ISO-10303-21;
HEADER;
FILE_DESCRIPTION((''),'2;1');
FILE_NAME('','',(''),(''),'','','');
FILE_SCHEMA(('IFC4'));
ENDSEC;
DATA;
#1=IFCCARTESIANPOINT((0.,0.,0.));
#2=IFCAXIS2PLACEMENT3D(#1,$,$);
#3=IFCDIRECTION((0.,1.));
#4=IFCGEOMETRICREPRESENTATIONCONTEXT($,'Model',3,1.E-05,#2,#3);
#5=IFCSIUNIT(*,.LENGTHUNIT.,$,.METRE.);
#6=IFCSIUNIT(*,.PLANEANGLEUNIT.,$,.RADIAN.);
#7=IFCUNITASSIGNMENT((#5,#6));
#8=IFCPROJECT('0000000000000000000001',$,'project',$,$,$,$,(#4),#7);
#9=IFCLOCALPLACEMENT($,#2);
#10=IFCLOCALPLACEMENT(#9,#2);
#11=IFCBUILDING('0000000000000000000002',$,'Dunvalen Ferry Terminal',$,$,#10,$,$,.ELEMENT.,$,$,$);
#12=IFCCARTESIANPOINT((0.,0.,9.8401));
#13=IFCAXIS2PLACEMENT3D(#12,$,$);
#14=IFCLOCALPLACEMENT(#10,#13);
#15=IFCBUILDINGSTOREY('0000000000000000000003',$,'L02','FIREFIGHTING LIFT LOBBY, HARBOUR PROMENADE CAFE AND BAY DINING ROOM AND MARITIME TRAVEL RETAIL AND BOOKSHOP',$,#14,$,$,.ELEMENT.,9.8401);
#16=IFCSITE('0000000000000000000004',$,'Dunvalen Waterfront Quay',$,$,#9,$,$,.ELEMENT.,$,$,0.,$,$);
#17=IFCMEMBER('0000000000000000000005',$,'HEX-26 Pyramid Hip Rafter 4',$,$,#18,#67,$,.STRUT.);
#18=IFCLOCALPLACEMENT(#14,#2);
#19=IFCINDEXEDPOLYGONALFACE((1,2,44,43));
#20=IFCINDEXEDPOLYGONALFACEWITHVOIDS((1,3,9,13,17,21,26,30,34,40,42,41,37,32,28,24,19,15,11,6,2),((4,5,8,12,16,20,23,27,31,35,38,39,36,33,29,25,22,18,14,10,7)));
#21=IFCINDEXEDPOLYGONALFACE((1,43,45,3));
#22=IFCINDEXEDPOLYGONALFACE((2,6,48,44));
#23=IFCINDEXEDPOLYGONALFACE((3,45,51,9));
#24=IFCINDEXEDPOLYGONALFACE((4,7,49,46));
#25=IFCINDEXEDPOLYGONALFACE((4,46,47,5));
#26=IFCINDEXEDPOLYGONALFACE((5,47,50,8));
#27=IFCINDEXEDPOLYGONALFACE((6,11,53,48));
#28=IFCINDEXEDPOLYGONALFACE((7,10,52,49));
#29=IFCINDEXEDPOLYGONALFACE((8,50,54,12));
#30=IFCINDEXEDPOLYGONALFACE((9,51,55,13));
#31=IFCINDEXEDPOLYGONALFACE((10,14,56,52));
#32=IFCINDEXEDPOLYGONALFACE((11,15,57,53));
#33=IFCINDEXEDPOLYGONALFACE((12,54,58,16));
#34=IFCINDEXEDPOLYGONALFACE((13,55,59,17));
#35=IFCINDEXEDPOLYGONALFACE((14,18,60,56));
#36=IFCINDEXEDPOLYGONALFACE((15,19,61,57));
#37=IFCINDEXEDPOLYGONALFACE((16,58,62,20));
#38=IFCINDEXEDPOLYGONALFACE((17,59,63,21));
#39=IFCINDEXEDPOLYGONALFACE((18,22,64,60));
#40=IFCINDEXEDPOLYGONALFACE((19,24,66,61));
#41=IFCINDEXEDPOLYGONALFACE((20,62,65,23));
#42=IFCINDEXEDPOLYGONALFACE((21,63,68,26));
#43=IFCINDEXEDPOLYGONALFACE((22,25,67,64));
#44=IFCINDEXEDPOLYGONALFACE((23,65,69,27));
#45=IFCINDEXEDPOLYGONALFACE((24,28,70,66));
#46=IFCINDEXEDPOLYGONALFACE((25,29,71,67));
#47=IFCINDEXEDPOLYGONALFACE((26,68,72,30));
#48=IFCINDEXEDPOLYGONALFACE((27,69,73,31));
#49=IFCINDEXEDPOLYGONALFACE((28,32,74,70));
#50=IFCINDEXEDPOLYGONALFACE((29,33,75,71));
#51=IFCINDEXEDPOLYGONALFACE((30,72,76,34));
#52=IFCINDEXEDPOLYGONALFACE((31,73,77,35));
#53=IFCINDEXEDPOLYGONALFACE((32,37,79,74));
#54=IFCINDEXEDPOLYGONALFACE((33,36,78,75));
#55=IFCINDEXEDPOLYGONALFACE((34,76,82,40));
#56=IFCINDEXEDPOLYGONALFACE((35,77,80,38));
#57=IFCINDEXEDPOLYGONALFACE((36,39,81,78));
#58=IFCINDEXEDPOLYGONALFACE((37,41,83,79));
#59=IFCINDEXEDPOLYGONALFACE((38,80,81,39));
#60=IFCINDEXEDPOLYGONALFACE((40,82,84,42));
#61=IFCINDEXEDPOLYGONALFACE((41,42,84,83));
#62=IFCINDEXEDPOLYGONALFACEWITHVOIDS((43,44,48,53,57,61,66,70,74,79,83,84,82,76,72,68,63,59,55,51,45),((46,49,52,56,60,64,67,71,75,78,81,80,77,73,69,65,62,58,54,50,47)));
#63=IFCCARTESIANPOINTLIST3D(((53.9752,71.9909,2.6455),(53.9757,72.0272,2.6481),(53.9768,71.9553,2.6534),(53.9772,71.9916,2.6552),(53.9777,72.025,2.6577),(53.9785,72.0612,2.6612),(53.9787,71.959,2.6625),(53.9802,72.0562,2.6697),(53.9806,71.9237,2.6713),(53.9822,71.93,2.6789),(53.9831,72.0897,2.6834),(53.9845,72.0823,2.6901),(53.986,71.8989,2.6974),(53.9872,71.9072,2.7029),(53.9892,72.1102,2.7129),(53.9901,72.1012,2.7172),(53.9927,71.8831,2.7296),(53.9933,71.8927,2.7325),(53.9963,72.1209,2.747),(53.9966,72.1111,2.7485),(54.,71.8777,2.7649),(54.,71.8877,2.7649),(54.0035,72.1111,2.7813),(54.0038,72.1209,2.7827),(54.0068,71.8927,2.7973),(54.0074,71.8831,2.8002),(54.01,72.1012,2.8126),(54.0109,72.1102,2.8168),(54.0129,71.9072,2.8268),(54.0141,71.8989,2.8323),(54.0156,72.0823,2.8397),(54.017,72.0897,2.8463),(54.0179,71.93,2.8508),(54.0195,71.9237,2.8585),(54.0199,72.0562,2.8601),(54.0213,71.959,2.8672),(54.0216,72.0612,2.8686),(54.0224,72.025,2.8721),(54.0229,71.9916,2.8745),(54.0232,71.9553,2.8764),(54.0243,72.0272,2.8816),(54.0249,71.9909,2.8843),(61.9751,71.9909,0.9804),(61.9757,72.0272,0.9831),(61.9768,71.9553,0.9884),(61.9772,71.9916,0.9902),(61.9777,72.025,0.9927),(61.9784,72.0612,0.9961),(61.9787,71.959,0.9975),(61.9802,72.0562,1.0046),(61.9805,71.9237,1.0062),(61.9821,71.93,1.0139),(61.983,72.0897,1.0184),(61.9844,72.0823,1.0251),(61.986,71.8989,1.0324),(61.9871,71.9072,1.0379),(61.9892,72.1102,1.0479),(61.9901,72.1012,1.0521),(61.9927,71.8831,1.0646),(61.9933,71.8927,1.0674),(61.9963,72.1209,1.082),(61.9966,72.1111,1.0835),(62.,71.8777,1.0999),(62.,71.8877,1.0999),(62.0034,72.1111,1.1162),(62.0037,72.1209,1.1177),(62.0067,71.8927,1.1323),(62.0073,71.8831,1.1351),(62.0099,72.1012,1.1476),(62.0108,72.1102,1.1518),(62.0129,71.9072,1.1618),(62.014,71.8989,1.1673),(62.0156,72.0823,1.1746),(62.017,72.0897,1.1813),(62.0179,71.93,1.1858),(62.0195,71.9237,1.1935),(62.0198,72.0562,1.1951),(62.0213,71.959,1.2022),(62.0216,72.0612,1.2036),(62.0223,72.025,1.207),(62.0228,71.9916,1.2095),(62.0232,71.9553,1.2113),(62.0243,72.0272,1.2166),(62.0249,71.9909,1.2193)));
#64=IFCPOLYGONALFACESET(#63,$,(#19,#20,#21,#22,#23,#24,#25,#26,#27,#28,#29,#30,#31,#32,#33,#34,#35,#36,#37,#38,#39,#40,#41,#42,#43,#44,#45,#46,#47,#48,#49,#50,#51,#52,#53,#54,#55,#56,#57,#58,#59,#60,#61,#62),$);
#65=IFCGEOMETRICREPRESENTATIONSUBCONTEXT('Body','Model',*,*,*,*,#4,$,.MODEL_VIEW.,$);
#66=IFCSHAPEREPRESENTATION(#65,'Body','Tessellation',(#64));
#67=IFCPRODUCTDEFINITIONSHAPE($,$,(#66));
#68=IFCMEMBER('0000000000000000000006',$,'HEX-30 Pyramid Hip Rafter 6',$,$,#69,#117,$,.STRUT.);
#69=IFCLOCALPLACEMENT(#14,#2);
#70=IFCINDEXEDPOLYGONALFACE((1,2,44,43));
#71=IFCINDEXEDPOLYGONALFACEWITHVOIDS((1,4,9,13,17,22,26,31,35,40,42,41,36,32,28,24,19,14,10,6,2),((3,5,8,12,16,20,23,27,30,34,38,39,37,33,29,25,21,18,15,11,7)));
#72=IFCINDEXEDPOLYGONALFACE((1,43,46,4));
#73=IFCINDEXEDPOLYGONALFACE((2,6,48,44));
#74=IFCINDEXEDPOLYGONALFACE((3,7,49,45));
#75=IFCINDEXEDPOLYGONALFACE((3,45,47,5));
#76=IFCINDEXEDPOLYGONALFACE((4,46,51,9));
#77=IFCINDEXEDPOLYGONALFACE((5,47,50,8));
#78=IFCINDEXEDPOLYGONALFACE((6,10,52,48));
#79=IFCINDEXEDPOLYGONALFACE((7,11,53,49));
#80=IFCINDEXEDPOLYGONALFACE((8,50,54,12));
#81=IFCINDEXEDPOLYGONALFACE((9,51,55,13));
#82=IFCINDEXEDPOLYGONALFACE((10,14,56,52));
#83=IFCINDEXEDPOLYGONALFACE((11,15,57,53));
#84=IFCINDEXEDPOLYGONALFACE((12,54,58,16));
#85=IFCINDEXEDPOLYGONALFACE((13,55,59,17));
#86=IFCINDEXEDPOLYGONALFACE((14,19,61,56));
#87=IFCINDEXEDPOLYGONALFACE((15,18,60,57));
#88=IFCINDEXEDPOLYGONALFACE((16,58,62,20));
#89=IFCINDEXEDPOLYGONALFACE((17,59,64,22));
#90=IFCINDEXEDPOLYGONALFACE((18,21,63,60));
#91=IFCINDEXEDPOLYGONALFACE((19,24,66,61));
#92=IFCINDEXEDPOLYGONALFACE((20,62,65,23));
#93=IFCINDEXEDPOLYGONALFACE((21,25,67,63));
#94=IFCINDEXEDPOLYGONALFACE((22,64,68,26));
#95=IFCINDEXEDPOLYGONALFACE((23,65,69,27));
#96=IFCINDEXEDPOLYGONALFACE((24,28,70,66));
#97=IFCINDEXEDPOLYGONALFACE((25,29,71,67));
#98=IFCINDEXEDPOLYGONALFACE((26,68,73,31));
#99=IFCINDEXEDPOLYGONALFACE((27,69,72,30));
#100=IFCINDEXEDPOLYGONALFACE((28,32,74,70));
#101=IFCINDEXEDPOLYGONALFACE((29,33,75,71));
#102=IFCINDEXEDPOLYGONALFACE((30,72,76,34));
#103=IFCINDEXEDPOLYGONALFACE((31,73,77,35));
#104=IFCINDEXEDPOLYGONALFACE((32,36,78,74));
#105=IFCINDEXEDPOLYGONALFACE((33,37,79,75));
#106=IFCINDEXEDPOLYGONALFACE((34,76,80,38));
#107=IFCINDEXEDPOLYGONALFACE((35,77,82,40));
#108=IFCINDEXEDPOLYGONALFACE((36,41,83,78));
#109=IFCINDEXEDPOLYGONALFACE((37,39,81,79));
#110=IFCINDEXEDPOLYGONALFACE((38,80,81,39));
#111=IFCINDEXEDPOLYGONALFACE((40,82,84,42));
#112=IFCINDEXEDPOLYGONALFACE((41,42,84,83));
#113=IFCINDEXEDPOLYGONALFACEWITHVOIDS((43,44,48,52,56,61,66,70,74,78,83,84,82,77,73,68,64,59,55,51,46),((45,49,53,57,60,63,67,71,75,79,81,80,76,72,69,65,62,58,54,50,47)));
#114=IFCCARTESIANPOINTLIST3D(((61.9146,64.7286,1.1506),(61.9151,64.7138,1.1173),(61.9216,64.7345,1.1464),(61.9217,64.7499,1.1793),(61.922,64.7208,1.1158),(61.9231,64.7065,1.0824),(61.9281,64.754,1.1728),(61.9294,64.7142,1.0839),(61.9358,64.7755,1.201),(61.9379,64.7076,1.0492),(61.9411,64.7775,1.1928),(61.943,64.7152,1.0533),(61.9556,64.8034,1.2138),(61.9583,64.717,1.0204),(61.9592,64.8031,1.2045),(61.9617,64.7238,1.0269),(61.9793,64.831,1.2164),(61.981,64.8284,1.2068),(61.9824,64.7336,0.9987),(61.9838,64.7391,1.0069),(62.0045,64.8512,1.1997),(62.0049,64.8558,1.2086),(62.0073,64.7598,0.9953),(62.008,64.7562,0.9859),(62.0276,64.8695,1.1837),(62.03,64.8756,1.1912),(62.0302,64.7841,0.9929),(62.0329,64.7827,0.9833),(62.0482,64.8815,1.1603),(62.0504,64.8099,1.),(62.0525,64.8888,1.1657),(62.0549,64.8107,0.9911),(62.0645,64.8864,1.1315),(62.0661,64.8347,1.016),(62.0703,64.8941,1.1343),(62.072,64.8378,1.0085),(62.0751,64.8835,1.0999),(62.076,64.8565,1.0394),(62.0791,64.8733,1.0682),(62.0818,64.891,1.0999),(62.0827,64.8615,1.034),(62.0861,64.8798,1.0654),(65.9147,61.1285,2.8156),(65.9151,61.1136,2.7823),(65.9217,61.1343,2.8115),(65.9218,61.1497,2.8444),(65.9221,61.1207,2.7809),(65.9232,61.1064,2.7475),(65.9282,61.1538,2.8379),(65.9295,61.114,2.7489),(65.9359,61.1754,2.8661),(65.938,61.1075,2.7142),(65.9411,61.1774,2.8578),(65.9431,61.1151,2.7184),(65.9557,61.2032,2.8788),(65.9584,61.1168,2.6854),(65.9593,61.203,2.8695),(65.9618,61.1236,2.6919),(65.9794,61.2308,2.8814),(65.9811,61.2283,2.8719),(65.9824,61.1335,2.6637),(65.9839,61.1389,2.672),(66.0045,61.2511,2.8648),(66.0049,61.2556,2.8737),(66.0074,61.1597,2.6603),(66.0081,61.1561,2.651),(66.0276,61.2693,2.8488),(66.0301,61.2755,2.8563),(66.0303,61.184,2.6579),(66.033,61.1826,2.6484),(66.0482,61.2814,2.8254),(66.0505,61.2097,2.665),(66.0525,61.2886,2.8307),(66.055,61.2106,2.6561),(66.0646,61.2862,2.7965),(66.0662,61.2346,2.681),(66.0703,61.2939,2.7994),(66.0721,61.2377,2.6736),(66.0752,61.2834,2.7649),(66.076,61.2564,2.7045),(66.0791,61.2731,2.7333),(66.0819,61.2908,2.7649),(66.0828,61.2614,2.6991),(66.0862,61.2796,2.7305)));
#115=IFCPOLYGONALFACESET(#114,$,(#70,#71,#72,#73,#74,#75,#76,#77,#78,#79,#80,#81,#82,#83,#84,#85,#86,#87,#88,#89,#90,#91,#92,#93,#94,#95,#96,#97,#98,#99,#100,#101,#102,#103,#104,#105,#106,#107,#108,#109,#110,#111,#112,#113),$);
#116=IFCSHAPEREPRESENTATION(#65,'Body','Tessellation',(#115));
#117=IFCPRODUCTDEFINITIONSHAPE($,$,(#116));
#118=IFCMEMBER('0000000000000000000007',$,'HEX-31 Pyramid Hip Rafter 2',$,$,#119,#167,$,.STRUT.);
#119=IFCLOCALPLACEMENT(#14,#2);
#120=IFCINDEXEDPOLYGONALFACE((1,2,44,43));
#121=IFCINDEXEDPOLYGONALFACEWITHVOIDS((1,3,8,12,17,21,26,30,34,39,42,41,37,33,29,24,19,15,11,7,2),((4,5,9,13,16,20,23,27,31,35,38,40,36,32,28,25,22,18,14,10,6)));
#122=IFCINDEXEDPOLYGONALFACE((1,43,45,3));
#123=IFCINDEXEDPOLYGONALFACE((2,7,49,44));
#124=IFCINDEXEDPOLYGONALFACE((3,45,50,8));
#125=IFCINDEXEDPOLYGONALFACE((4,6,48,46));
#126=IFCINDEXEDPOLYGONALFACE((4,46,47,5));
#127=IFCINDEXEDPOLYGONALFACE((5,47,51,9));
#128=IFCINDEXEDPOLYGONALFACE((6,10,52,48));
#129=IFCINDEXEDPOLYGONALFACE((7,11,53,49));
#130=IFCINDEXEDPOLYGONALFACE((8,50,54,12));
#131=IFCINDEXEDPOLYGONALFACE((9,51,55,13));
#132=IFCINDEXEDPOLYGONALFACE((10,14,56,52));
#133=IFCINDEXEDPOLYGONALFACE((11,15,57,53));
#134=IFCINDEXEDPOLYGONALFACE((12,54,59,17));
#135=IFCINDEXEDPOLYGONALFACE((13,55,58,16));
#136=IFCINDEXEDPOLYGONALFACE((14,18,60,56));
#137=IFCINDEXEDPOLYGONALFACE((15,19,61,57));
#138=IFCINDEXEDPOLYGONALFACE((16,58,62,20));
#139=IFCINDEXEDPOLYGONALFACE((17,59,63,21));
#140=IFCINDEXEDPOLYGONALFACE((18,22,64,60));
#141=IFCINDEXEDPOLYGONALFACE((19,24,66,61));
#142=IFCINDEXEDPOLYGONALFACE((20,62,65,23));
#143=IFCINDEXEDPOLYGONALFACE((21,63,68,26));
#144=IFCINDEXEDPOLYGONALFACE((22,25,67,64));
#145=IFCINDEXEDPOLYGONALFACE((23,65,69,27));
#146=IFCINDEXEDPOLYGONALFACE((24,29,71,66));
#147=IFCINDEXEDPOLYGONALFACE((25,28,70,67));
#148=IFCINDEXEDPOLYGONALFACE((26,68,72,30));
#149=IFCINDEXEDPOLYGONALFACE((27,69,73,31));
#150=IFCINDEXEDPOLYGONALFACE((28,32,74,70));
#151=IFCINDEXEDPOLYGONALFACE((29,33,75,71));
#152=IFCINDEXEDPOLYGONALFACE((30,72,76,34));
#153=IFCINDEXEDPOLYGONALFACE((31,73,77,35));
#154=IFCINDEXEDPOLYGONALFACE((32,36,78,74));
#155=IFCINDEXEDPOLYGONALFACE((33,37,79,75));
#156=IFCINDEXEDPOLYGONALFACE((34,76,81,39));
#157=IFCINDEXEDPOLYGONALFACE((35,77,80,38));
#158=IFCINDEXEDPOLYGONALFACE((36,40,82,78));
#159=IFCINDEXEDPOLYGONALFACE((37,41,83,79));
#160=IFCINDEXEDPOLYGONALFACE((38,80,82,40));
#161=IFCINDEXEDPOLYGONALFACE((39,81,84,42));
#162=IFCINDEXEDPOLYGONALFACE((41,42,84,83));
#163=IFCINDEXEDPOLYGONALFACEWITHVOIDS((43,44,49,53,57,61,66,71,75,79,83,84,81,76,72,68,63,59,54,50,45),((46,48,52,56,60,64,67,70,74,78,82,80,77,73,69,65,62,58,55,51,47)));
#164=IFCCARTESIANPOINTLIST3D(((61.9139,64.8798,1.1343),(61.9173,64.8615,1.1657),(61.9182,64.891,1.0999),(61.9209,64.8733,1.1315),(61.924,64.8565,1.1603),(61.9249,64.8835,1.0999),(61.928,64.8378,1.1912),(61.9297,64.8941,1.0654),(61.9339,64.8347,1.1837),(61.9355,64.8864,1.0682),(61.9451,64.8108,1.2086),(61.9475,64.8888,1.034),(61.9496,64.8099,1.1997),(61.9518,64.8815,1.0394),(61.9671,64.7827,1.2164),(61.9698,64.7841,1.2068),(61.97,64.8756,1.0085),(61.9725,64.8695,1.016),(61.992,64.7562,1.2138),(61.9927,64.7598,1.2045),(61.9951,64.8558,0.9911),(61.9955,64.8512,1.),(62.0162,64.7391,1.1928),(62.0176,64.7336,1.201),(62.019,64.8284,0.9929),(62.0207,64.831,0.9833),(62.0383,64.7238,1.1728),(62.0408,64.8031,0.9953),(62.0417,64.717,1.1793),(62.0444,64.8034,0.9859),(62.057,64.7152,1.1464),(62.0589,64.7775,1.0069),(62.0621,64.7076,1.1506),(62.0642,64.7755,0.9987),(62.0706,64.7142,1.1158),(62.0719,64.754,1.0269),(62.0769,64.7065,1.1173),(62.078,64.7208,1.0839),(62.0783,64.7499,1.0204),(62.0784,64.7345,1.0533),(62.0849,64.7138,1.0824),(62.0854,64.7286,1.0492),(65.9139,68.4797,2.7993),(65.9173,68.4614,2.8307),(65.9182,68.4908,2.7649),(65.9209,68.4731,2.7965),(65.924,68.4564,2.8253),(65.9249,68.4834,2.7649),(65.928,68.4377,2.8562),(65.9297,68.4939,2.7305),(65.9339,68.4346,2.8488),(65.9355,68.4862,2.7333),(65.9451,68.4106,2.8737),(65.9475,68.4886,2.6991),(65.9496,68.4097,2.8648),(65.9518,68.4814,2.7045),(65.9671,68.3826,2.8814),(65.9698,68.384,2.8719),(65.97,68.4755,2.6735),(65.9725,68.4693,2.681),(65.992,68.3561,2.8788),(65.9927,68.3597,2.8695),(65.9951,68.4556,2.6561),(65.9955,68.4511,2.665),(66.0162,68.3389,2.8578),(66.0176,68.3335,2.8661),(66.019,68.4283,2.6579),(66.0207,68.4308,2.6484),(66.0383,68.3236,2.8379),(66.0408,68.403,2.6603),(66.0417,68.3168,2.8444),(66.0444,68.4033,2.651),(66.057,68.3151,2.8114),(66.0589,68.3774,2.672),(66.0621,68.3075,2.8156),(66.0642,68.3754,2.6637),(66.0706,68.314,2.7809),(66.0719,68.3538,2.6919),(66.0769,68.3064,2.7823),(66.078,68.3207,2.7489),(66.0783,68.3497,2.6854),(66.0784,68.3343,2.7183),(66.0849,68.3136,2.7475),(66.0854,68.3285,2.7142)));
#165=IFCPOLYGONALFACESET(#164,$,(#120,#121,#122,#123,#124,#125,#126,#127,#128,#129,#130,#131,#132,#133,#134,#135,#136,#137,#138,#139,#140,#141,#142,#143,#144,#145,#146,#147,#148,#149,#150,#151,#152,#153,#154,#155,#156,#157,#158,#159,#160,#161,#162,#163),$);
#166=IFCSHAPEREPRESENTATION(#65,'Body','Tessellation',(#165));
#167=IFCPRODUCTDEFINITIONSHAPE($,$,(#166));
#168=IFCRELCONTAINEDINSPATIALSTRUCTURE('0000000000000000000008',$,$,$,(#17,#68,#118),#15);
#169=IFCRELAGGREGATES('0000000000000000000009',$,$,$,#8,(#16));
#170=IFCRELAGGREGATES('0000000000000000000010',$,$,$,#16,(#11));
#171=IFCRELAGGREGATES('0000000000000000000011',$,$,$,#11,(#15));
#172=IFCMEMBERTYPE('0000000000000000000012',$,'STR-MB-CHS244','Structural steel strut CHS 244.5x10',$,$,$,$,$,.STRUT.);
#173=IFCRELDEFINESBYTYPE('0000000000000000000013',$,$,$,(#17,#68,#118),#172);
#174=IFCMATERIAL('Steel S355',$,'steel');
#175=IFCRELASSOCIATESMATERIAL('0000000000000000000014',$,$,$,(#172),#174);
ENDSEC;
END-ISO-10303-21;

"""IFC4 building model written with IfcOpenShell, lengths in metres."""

from ifc_helpers import new_model, si_unit, direction, frame, origin, origin_2d, place, context, subcontext, project, spatial, hollow_circle, extrude, material, material_profile, profile_set, type_object, element, save


model = new_model("IFC4")

# Units and contexts
model_context = context("Model", 3, precision=1e-05, world=origin(), true_north=direction((0.0, 1.0)))
body_context = subcontext(model_context, "Body", "Model", "MODEL_VIEW")
ifc_project = project(units=[si_unit("LENGTHUNIT", "METRE"), si_unit("PLANEANGLEUNIT", "RADIAN")], contexts=[model_context])

# Site, building, storey
site_placement = place(None, origin())
site = spatial("IfcSite", under=ifc_project, at=site_placement, Name="Dunvalen Waterfront Quay", CompositionType="ELEMENT", RefElevation=0.0)
building_placement = place(site_placement, origin())
building = spatial("IfcBuilding", under=site, at=building_placement, Name="Dunvalen Ferry Terminal", CompositionType="ELEMENT")
storey_placement = place(building_placement, frame((0.0, 0.0, 9.8401)))
storey = spatial("IfcBuildingStorey", under=building, at=storey_placement, Name="L02", Description="FIREFIGHTING LIFT LOBBY, HARBOUR PROMENADE CAFE AND BAY DINING ROOM AND MARITIME TRAVEL RETAIL AND BOOKSHOP", CompositionType="ELEMENT", Elevation=9.8401)

# Shared definitions
ifc_material_1 = material(Name="Steel S355", Category="steel")

# Members
ifc_material_profile_1 = material_profile(ifc_material_1, hollow_circle(Radius=0.1223, WallThickness=0.01, at=origin_2d()), Name="Steel S355")
ifc_profile_set_1 = profile_set([ifc_material_profile_1], Name="Steel S355")
member_type_1 = type_object("IfcMemberType", Name="STR-MB-CHS244", Description="Structural steel strut CHS 244.5x10", PredefinedType="STRUT", material=ifc_profile_set_1)
member_1_placement = place(storey_placement, frame((62.0, 72.0, 1.0999), z_axis=(-0.97902, 0.0, 0.203763), x_axis=(0.0, -1.0, 0.0)))
element("IfcMember", 1, at=member_1_placement, inside=storey, type_object=member_type_1, Name="HEX-26 Pyramid Hip Rafter 4", PredefinedType="STRUT", context=body_context, shape_type="SweptSolid", body=[
    extrude(hollow_circle(Radius=0.1223, WallThickness=0.01, at=origin_2d()), origin(), (0.0, 0.0, 1.0), 8.1714),
])
member_2_placement = place(storey_placement, frame((62.0, 64.8, 1.0999), z_axis=(0.710075, -0.639085, 0.295576), x_axis=(0.668975, 0.743285, 0.0)))
element("IfcMember", 2, at=member_2_placement, inside=storey, type_object=member_type_1, Name="HEX-30 Pyramid Hip Rafter 6", PredefinedType="STRUT", context=body_context, shape_type="SweptSolid", body=[
    extrude(hollow_circle(Radius=0.1223, WallThickness=0.01, at=origin_2d()), origin(), (0.0, 0.0, 1.0), 5.6333),
])
member_3_placement = place(storey_placement, frame((62.0, 64.8, 1.0999), z_axis=(0.710094, 0.639059, 0.295584), x_axis=(-0.66895, 0.743308, 0.0)))
element("IfcMember", 3, at=member_3_placement, inside=storey, type_object=member_type_1, Name="HEX-31 Pyramid Hip Rafter 2", PredefinedType="STRUT", context=body_context, shape_type="SweptSolid", body=[
    extrude(hollow_circle(Radius=0.1223, WallThickness=0.01, at=origin_2d()), origin(), (0.0, 0.0, 1.0), 5.6331),
])

save(model, "model.ifc")
